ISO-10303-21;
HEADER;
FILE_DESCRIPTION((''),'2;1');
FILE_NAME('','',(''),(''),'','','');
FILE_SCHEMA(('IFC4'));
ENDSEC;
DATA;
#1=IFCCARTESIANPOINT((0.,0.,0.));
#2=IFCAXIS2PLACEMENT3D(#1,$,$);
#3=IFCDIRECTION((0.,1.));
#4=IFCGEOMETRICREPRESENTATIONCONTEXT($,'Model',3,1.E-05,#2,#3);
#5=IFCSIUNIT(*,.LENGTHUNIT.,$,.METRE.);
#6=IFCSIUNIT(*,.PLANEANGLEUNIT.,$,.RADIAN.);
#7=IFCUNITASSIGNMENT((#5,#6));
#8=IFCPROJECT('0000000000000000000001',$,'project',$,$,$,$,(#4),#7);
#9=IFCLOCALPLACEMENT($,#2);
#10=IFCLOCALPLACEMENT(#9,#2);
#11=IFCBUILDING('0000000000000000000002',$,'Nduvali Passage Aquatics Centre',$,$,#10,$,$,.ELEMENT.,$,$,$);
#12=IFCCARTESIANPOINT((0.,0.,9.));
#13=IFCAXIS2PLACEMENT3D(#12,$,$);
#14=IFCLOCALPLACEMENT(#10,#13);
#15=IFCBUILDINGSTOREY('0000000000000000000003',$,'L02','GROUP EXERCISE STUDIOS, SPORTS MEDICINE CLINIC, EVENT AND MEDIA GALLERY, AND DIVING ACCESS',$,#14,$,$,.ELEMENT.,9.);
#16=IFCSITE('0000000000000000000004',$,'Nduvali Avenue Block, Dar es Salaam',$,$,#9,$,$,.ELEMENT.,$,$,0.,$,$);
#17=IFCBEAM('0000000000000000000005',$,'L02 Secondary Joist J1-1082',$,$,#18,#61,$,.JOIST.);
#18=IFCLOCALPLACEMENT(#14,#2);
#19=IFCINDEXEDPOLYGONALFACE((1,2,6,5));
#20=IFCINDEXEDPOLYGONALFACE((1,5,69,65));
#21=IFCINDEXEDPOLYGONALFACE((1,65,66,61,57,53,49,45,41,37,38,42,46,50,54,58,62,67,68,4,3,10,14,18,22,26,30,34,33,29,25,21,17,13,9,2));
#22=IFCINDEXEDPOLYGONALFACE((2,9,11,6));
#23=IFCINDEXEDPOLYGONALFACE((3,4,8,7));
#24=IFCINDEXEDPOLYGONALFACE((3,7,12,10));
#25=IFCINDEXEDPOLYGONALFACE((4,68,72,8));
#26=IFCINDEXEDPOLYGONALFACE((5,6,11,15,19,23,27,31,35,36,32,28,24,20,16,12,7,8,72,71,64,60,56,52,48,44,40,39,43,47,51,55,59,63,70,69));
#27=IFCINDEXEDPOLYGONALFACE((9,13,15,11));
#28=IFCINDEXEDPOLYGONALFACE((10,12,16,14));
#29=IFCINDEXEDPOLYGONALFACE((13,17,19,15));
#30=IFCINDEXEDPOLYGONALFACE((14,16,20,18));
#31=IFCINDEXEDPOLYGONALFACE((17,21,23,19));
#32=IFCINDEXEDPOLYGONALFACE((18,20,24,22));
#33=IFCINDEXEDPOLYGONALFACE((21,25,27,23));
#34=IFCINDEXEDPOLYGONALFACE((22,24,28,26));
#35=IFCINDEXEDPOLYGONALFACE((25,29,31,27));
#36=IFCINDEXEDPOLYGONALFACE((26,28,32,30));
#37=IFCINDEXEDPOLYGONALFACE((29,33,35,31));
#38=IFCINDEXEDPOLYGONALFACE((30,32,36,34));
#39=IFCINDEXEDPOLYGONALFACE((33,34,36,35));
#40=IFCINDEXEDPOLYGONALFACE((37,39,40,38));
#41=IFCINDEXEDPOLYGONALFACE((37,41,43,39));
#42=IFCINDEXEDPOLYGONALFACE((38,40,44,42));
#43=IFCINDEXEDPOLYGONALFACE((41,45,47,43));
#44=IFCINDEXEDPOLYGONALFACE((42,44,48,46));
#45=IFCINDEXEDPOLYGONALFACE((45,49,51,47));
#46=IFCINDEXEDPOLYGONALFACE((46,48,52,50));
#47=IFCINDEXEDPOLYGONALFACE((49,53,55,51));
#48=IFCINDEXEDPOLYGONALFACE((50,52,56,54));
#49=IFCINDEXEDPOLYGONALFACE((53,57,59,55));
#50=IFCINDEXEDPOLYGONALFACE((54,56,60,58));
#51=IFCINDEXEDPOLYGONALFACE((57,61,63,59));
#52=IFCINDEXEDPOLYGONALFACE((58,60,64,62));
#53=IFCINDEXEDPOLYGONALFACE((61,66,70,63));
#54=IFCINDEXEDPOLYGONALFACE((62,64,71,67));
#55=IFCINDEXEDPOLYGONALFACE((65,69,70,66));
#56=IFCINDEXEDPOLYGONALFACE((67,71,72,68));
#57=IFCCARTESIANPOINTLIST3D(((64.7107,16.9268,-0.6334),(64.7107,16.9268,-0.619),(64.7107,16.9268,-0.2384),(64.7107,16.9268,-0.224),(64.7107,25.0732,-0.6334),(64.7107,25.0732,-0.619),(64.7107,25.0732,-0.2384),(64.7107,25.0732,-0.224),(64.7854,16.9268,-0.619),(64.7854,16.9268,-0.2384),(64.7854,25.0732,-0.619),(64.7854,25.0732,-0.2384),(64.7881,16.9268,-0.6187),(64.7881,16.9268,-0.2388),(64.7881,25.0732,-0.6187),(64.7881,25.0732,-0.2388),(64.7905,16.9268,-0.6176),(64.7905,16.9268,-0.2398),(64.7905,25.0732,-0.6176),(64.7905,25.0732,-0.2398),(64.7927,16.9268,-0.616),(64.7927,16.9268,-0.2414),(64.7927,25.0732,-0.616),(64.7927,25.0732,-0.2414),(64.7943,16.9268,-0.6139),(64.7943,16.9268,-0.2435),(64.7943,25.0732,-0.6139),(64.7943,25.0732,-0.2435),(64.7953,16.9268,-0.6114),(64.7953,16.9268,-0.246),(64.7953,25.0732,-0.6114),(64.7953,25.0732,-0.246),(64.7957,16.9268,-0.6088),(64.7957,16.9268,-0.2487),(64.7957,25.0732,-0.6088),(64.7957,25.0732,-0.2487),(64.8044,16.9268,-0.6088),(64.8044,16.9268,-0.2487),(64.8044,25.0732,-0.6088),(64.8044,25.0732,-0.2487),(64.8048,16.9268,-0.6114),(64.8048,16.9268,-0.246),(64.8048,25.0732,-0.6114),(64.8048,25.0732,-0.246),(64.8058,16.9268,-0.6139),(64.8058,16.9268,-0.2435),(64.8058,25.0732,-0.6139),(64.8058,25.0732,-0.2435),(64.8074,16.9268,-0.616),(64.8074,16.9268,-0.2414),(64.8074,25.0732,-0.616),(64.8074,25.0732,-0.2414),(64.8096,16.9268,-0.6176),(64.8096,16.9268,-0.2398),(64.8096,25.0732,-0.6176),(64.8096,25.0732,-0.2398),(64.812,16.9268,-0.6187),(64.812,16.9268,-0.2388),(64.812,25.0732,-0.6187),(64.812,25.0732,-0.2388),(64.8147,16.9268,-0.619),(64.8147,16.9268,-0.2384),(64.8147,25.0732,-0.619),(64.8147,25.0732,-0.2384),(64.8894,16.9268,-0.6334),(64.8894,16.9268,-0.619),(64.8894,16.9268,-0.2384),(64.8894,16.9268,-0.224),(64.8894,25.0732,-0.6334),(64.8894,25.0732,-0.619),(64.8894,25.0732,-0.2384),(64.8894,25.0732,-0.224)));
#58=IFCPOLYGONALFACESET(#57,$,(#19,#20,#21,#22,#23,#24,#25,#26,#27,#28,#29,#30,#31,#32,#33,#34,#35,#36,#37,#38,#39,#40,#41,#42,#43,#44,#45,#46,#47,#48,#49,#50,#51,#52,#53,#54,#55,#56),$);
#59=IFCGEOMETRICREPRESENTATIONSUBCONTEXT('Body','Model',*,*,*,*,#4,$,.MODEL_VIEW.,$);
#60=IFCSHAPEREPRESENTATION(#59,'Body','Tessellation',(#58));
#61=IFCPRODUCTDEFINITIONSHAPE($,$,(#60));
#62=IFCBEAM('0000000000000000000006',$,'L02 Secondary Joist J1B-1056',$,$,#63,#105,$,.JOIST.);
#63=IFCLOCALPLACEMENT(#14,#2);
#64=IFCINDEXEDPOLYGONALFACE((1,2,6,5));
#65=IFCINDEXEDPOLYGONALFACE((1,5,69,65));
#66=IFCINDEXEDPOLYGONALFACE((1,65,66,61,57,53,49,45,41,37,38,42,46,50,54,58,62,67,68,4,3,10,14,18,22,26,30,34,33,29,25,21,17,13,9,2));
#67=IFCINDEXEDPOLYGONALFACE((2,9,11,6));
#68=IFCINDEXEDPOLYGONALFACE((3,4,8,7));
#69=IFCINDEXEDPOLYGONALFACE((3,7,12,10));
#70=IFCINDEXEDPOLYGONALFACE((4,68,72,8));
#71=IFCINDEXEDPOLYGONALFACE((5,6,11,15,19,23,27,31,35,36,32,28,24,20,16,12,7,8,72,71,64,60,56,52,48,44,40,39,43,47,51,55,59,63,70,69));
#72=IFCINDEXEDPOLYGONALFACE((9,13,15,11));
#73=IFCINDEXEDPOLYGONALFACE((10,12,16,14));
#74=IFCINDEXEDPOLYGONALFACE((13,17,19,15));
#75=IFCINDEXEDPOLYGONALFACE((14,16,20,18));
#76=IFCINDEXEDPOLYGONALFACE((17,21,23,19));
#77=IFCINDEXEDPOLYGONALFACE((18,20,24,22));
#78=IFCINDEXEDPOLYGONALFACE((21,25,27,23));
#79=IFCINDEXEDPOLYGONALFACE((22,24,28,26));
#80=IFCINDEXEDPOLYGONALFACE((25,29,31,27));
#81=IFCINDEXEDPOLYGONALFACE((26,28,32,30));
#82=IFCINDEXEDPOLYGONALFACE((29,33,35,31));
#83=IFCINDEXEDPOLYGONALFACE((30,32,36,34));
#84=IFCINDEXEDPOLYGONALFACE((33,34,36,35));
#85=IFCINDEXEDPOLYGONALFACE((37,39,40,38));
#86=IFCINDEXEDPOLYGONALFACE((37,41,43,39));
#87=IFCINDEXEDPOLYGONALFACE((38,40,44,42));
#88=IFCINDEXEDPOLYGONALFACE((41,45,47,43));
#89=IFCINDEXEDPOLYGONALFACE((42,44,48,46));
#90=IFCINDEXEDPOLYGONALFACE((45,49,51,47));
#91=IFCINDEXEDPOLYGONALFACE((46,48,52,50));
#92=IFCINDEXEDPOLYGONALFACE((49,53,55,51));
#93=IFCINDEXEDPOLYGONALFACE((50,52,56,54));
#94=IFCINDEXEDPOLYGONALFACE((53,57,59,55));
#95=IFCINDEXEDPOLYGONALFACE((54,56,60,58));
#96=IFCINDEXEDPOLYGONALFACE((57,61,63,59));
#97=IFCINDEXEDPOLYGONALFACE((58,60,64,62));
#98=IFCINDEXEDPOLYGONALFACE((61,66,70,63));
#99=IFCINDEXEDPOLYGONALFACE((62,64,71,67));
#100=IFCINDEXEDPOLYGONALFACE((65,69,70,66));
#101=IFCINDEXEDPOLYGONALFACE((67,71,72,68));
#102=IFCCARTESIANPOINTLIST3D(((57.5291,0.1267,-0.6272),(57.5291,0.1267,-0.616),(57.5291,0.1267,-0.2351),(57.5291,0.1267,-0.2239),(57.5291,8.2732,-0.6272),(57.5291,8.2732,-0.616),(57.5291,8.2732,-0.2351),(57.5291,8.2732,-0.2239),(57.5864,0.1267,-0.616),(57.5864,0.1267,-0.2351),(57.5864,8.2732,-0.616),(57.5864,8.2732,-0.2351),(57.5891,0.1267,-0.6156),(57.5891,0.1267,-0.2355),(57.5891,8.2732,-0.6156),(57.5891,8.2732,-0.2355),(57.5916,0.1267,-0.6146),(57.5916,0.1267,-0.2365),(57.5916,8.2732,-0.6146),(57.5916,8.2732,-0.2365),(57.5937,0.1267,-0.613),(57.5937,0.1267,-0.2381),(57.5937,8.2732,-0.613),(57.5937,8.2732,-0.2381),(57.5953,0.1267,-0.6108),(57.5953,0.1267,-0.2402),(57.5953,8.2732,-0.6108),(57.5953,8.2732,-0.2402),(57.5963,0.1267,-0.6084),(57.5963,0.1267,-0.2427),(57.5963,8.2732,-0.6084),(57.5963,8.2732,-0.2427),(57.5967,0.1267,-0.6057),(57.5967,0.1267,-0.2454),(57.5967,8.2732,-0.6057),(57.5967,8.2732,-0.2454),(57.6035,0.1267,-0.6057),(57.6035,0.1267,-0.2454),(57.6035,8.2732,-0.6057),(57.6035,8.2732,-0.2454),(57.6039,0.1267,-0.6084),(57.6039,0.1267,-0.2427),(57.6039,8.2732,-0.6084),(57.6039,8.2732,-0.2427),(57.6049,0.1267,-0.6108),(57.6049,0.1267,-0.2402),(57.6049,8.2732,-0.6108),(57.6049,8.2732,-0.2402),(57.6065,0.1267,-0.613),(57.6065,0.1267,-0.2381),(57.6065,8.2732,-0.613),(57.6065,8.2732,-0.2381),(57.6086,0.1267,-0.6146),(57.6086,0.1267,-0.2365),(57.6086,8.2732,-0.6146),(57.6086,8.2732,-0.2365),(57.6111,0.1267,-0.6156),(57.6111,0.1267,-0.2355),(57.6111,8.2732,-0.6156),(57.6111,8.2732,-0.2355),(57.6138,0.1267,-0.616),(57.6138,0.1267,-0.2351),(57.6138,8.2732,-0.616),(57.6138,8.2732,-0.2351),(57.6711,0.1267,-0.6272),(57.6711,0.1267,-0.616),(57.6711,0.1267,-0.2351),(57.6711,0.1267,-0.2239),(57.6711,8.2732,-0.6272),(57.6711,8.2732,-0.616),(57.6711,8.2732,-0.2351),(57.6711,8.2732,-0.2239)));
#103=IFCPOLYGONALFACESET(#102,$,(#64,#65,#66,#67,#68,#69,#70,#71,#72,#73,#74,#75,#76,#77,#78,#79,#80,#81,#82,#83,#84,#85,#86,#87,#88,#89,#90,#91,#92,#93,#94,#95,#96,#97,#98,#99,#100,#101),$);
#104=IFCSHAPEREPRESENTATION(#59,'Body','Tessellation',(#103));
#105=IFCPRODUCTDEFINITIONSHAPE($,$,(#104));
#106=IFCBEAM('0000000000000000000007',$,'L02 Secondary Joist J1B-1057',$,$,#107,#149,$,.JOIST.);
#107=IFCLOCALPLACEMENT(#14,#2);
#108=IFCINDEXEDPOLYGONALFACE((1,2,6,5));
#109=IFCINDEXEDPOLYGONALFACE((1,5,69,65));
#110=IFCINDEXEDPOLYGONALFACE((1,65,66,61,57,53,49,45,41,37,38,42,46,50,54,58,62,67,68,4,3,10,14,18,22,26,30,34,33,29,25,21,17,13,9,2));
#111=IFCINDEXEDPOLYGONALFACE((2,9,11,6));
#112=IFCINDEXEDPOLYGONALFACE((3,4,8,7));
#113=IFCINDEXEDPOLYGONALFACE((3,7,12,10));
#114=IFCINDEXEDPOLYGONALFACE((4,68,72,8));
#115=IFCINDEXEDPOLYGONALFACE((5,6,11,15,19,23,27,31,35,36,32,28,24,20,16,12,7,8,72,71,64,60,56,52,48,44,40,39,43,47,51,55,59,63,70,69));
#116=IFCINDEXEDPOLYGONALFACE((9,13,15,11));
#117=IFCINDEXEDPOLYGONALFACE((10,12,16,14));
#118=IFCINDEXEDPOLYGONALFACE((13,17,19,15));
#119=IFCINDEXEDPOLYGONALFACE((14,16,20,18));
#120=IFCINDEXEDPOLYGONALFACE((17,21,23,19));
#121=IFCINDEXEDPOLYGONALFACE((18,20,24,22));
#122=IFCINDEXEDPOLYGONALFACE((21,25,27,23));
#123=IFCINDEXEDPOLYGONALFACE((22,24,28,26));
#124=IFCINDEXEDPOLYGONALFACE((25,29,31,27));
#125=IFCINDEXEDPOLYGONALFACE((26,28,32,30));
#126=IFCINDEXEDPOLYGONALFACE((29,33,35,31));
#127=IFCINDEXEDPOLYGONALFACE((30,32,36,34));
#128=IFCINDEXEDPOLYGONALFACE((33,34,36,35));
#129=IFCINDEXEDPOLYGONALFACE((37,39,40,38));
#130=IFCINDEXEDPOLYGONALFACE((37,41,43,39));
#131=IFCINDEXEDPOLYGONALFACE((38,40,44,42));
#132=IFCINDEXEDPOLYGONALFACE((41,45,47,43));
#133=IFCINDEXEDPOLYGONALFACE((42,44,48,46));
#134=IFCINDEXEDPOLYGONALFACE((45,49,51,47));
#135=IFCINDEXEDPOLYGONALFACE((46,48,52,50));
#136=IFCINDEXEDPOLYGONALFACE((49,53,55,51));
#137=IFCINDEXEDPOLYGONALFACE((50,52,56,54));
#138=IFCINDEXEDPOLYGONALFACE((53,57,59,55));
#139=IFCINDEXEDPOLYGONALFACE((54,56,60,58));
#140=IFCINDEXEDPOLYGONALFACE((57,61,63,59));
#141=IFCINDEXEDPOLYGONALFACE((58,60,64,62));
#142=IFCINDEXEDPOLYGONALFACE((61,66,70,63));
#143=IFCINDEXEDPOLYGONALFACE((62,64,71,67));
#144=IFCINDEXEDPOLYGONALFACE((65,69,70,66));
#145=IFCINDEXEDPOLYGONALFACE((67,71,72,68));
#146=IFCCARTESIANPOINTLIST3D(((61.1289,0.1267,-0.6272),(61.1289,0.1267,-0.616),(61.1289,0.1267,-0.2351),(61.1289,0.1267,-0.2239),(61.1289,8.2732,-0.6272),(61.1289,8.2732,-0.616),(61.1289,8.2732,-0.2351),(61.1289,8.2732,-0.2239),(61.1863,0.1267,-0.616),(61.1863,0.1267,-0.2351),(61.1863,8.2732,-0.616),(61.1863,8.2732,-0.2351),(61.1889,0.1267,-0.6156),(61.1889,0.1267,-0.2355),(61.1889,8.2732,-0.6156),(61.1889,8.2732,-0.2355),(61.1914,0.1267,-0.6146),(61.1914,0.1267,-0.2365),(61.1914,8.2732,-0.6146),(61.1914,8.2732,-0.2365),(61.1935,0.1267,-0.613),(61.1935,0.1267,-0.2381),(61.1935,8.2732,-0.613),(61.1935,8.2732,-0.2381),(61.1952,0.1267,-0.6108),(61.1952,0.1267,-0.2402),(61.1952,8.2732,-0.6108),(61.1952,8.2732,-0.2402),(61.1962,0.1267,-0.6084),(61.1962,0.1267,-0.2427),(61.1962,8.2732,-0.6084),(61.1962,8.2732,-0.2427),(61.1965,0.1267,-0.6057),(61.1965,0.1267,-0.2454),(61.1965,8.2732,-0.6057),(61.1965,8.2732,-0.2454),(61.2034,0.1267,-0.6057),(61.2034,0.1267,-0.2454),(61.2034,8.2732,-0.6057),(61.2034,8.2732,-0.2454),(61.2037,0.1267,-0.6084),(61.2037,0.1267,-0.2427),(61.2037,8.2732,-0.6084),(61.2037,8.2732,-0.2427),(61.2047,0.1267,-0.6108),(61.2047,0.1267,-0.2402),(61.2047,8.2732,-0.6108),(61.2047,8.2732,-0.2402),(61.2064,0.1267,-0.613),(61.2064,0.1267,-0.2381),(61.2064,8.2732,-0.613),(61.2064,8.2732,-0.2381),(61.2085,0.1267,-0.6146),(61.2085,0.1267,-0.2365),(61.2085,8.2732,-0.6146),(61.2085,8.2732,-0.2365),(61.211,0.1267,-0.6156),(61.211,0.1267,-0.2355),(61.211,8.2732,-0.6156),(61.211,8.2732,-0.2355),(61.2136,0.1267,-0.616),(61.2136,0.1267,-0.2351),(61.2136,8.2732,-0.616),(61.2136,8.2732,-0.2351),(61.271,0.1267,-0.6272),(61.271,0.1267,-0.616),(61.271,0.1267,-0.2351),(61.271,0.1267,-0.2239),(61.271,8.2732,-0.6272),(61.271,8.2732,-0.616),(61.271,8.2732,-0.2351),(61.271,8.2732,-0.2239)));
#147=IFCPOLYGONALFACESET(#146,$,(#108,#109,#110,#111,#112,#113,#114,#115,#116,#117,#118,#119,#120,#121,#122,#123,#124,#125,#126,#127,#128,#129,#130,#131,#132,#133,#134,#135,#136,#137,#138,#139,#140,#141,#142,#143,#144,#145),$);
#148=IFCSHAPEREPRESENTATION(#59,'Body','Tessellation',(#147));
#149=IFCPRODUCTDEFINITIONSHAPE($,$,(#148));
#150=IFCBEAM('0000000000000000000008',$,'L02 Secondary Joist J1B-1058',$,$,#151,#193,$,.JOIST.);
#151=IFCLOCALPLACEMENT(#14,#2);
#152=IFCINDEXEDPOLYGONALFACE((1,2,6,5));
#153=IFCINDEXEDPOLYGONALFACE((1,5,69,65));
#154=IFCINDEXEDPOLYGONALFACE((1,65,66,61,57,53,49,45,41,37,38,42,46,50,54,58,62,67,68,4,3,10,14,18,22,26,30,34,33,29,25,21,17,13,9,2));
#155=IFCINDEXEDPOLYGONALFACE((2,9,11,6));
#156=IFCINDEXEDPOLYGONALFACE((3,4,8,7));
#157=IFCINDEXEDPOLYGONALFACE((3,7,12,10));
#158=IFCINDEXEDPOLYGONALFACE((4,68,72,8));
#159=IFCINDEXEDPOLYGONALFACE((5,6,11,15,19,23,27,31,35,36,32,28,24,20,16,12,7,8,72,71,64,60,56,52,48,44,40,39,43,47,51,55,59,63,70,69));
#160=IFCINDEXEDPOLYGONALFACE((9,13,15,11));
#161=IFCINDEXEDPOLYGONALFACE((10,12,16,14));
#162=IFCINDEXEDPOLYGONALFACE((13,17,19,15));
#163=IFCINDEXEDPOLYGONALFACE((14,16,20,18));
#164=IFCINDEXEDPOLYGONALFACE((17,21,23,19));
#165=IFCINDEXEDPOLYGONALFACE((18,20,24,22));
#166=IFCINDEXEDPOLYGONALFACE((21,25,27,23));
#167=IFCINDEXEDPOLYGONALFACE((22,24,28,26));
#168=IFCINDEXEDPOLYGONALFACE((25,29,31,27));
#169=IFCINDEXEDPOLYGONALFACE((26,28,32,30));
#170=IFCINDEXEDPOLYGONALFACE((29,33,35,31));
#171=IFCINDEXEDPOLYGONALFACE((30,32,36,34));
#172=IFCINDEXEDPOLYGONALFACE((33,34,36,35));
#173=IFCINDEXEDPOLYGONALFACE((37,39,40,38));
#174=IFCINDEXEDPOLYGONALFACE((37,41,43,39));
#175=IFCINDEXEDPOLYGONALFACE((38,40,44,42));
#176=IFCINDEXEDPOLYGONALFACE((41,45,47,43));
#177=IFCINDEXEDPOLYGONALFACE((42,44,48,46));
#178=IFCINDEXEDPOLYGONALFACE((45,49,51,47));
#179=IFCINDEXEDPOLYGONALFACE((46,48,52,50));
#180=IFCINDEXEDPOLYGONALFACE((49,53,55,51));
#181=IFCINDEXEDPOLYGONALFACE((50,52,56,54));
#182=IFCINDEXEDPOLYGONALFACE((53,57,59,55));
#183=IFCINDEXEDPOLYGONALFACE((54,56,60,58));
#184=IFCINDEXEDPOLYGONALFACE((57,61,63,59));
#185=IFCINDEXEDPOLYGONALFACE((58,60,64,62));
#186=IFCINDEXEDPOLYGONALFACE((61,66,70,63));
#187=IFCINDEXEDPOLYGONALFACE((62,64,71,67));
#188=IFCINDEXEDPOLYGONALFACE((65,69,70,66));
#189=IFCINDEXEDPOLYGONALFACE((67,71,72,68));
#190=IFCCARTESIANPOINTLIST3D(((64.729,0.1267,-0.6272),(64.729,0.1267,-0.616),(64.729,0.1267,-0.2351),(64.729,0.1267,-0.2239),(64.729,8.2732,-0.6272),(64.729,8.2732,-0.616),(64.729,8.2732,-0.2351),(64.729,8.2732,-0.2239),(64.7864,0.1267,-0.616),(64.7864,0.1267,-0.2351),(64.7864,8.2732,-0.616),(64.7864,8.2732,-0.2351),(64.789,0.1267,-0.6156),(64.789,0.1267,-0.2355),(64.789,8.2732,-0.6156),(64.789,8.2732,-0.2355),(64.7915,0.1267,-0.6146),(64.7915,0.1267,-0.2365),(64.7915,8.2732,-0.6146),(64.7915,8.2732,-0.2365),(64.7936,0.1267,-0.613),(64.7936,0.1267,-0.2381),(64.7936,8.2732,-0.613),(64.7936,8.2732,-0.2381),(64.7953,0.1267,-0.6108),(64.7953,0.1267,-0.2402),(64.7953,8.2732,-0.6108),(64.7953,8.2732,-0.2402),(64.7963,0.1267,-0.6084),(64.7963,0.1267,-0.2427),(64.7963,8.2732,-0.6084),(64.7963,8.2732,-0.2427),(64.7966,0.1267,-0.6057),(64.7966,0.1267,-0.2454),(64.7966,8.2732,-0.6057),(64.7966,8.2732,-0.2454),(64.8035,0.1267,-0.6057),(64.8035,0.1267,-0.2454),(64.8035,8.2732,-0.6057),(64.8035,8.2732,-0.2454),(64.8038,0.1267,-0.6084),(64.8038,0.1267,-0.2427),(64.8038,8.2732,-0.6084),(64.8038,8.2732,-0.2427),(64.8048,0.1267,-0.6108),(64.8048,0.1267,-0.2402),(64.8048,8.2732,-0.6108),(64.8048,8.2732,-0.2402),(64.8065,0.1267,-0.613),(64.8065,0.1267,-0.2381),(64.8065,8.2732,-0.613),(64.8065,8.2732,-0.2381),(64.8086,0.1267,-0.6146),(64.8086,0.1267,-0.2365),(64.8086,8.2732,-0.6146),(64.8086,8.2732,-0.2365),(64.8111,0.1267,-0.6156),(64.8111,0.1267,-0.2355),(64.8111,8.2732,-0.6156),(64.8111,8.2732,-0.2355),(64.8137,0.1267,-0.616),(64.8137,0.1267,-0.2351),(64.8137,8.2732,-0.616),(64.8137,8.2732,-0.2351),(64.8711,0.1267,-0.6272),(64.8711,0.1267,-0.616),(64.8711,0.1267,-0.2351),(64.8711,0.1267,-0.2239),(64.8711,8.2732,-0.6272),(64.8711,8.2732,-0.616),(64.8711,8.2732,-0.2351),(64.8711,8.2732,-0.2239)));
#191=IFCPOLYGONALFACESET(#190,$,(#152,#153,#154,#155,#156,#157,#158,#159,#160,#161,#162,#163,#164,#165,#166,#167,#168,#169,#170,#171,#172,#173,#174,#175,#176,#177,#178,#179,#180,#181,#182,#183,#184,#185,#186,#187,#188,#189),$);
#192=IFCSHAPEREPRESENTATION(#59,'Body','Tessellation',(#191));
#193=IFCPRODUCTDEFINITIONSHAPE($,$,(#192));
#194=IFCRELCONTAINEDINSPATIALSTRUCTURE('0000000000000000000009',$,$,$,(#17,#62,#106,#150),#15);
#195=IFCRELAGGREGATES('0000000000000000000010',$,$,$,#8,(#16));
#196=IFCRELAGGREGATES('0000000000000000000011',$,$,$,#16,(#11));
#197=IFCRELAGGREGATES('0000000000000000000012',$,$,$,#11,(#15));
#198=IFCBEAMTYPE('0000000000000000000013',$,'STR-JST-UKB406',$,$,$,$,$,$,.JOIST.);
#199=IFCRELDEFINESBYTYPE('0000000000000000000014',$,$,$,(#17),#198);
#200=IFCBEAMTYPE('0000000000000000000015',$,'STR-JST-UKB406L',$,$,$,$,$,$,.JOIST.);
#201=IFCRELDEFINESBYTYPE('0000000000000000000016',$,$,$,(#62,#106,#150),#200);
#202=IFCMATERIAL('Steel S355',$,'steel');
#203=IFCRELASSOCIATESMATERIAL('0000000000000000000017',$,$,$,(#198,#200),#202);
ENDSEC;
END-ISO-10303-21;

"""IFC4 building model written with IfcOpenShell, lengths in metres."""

from ifc_helpers import new_model, si_unit, direction, frame, origin, origin_2d, place, context, subcontext, project, spatial, i_section, extrude, material, material_profile, profile_set, type_object, element, save


model = new_model("IFC4")

# Units and contexts
model_context = context("Model", 3, precision=1e-05, world=origin(), true_north=direction((0.0, 1.0)))
body_context = subcontext(model_context, "Body", "Model", "MODEL_VIEW")
ifc_project = project(units=[si_unit("LENGTHUNIT", "METRE"), si_unit("PLANEANGLEUNIT", "RADIAN")], contexts=[model_context])

# Site, building, storey
site_placement = place(None, origin())
site = spatial("IfcSite", under=ifc_project, at=site_placement, Name="Nduvali Avenue Block, Dar es Salaam", CompositionType="ELEMENT", RefElevation=0.0)
building_placement = place(site_placement, origin())
building = spatial("IfcBuilding", under=site, at=building_placement, Name="Nduvali Passage Aquatics Centre", CompositionType="ELEMENT")
storey_placement = place(building_placement, frame((0.0, 0.0, 9.0)))
storey = spatial("IfcBuildingStorey", under=building, at=storey_placement, Name="L02", Description="GROUP EXERCISE STUDIOS, SPORTS MEDICINE CLINIC, EVENT AND MEDIA GALLERY, AND DIVING ACCESS", CompositionType="ELEMENT", Elevation=9.0)

# Beams
ifc_material = material(Name="Steel S355", Category="steel")
ifc_material_profile_1 = material_profile(ifc_material, i_section(OverallWidth=0.1787, OverallDepth=0.4094, WebThickness=0.0088, FlangeThickness=0.0144, FilletRadius=0.0103, at=origin_2d()), Name="UKB 406x178x67")
ifc_profile_set_1 = profile_set([ifc_material_profile_1], Name="Steel S355")
beam_type_1 = type_object("IfcBeamType", Name="STR-JST-UKB406", PredefinedType="JOIST", material=ifc_profile_set_1)
for number, where, z_axis, x_axis, name in (
    (1, (64.8, 16.9268, -0.4287), (0.0, 1.0, 0.0), (-1.0, 0.0, 0.0), "L02 Secondary Joist J1-1082"),
):
    element("IfcBeam", number, at=place(storey_placement, frame(where, z_axis=z_axis, x_axis=x_axis)), inside=storey, type_object=beam_type_1, Name=name, PredefinedType="JOIST", context=body_context, shape_type="SweptSolid", body=[
        extrude(i_section(OverallWidth=0.1787, OverallDepth=0.4094, WebThickness=0.0088, FlangeThickness=0.0144, FilletRadius=0.0103, at=origin_2d()), origin(), (0.0, 0.0, 1.0), 8.1465),
    ])
ifc_material_profile_2 = material_profile(ifc_material, i_section(OverallWidth=0.1421, OverallDepth=0.4033, WebThickness=0.0068, FlangeThickness=0.0112, FilletRadius=0.0103, at=origin_2d()), Name="UKB 406x140x46")
ifc_profile_set_2 = profile_set([ifc_material_profile_2], Name="Steel S355")
beam_type_2 = type_object("IfcBeamType", Name="STR-JST-UKB406L", PredefinedType="JOIST", material=ifc_profile_set_2)
for number, where, z_axis, x_axis, name in (
    (2, (57.6001, 0.1267, -0.4255), (0.0, 1.0, 0.0), (-1.0, 0.0, 0.0), "L02 Secondary Joist J1B-1056"),
    (3, (61.2, 0.1267, -0.4255), (0.0, 1.0, 0.0), (-1.0, 0.0, 0.0), "L02 Secondary Joist J1B-1057"),
    (4, (64.8, 0.1267, -0.4255), (0.0, 1.0, 0.0), (-1.0, 0.0, 0.0), "L02 Secondary Joist J1B-1058"),
):
    element("IfcBeam", number, at=place(storey_placement, frame(where, z_axis=z_axis, x_axis=x_axis)), inside=storey, type_object=beam_type_2, Name=name, PredefinedType="JOIST", context=body_context, shape_type="SweptSolid", body=[
        extrude(i_section(OverallWidth=0.1421, OverallDepth=0.4033, WebThickness=0.0068, FlangeThickness=0.0112, FilletRadius=0.0103, at=origin_2d()), origin(), (0.0, 0.0, 1.0), 8.1465),
    ])

save(model, "model.ifc")
